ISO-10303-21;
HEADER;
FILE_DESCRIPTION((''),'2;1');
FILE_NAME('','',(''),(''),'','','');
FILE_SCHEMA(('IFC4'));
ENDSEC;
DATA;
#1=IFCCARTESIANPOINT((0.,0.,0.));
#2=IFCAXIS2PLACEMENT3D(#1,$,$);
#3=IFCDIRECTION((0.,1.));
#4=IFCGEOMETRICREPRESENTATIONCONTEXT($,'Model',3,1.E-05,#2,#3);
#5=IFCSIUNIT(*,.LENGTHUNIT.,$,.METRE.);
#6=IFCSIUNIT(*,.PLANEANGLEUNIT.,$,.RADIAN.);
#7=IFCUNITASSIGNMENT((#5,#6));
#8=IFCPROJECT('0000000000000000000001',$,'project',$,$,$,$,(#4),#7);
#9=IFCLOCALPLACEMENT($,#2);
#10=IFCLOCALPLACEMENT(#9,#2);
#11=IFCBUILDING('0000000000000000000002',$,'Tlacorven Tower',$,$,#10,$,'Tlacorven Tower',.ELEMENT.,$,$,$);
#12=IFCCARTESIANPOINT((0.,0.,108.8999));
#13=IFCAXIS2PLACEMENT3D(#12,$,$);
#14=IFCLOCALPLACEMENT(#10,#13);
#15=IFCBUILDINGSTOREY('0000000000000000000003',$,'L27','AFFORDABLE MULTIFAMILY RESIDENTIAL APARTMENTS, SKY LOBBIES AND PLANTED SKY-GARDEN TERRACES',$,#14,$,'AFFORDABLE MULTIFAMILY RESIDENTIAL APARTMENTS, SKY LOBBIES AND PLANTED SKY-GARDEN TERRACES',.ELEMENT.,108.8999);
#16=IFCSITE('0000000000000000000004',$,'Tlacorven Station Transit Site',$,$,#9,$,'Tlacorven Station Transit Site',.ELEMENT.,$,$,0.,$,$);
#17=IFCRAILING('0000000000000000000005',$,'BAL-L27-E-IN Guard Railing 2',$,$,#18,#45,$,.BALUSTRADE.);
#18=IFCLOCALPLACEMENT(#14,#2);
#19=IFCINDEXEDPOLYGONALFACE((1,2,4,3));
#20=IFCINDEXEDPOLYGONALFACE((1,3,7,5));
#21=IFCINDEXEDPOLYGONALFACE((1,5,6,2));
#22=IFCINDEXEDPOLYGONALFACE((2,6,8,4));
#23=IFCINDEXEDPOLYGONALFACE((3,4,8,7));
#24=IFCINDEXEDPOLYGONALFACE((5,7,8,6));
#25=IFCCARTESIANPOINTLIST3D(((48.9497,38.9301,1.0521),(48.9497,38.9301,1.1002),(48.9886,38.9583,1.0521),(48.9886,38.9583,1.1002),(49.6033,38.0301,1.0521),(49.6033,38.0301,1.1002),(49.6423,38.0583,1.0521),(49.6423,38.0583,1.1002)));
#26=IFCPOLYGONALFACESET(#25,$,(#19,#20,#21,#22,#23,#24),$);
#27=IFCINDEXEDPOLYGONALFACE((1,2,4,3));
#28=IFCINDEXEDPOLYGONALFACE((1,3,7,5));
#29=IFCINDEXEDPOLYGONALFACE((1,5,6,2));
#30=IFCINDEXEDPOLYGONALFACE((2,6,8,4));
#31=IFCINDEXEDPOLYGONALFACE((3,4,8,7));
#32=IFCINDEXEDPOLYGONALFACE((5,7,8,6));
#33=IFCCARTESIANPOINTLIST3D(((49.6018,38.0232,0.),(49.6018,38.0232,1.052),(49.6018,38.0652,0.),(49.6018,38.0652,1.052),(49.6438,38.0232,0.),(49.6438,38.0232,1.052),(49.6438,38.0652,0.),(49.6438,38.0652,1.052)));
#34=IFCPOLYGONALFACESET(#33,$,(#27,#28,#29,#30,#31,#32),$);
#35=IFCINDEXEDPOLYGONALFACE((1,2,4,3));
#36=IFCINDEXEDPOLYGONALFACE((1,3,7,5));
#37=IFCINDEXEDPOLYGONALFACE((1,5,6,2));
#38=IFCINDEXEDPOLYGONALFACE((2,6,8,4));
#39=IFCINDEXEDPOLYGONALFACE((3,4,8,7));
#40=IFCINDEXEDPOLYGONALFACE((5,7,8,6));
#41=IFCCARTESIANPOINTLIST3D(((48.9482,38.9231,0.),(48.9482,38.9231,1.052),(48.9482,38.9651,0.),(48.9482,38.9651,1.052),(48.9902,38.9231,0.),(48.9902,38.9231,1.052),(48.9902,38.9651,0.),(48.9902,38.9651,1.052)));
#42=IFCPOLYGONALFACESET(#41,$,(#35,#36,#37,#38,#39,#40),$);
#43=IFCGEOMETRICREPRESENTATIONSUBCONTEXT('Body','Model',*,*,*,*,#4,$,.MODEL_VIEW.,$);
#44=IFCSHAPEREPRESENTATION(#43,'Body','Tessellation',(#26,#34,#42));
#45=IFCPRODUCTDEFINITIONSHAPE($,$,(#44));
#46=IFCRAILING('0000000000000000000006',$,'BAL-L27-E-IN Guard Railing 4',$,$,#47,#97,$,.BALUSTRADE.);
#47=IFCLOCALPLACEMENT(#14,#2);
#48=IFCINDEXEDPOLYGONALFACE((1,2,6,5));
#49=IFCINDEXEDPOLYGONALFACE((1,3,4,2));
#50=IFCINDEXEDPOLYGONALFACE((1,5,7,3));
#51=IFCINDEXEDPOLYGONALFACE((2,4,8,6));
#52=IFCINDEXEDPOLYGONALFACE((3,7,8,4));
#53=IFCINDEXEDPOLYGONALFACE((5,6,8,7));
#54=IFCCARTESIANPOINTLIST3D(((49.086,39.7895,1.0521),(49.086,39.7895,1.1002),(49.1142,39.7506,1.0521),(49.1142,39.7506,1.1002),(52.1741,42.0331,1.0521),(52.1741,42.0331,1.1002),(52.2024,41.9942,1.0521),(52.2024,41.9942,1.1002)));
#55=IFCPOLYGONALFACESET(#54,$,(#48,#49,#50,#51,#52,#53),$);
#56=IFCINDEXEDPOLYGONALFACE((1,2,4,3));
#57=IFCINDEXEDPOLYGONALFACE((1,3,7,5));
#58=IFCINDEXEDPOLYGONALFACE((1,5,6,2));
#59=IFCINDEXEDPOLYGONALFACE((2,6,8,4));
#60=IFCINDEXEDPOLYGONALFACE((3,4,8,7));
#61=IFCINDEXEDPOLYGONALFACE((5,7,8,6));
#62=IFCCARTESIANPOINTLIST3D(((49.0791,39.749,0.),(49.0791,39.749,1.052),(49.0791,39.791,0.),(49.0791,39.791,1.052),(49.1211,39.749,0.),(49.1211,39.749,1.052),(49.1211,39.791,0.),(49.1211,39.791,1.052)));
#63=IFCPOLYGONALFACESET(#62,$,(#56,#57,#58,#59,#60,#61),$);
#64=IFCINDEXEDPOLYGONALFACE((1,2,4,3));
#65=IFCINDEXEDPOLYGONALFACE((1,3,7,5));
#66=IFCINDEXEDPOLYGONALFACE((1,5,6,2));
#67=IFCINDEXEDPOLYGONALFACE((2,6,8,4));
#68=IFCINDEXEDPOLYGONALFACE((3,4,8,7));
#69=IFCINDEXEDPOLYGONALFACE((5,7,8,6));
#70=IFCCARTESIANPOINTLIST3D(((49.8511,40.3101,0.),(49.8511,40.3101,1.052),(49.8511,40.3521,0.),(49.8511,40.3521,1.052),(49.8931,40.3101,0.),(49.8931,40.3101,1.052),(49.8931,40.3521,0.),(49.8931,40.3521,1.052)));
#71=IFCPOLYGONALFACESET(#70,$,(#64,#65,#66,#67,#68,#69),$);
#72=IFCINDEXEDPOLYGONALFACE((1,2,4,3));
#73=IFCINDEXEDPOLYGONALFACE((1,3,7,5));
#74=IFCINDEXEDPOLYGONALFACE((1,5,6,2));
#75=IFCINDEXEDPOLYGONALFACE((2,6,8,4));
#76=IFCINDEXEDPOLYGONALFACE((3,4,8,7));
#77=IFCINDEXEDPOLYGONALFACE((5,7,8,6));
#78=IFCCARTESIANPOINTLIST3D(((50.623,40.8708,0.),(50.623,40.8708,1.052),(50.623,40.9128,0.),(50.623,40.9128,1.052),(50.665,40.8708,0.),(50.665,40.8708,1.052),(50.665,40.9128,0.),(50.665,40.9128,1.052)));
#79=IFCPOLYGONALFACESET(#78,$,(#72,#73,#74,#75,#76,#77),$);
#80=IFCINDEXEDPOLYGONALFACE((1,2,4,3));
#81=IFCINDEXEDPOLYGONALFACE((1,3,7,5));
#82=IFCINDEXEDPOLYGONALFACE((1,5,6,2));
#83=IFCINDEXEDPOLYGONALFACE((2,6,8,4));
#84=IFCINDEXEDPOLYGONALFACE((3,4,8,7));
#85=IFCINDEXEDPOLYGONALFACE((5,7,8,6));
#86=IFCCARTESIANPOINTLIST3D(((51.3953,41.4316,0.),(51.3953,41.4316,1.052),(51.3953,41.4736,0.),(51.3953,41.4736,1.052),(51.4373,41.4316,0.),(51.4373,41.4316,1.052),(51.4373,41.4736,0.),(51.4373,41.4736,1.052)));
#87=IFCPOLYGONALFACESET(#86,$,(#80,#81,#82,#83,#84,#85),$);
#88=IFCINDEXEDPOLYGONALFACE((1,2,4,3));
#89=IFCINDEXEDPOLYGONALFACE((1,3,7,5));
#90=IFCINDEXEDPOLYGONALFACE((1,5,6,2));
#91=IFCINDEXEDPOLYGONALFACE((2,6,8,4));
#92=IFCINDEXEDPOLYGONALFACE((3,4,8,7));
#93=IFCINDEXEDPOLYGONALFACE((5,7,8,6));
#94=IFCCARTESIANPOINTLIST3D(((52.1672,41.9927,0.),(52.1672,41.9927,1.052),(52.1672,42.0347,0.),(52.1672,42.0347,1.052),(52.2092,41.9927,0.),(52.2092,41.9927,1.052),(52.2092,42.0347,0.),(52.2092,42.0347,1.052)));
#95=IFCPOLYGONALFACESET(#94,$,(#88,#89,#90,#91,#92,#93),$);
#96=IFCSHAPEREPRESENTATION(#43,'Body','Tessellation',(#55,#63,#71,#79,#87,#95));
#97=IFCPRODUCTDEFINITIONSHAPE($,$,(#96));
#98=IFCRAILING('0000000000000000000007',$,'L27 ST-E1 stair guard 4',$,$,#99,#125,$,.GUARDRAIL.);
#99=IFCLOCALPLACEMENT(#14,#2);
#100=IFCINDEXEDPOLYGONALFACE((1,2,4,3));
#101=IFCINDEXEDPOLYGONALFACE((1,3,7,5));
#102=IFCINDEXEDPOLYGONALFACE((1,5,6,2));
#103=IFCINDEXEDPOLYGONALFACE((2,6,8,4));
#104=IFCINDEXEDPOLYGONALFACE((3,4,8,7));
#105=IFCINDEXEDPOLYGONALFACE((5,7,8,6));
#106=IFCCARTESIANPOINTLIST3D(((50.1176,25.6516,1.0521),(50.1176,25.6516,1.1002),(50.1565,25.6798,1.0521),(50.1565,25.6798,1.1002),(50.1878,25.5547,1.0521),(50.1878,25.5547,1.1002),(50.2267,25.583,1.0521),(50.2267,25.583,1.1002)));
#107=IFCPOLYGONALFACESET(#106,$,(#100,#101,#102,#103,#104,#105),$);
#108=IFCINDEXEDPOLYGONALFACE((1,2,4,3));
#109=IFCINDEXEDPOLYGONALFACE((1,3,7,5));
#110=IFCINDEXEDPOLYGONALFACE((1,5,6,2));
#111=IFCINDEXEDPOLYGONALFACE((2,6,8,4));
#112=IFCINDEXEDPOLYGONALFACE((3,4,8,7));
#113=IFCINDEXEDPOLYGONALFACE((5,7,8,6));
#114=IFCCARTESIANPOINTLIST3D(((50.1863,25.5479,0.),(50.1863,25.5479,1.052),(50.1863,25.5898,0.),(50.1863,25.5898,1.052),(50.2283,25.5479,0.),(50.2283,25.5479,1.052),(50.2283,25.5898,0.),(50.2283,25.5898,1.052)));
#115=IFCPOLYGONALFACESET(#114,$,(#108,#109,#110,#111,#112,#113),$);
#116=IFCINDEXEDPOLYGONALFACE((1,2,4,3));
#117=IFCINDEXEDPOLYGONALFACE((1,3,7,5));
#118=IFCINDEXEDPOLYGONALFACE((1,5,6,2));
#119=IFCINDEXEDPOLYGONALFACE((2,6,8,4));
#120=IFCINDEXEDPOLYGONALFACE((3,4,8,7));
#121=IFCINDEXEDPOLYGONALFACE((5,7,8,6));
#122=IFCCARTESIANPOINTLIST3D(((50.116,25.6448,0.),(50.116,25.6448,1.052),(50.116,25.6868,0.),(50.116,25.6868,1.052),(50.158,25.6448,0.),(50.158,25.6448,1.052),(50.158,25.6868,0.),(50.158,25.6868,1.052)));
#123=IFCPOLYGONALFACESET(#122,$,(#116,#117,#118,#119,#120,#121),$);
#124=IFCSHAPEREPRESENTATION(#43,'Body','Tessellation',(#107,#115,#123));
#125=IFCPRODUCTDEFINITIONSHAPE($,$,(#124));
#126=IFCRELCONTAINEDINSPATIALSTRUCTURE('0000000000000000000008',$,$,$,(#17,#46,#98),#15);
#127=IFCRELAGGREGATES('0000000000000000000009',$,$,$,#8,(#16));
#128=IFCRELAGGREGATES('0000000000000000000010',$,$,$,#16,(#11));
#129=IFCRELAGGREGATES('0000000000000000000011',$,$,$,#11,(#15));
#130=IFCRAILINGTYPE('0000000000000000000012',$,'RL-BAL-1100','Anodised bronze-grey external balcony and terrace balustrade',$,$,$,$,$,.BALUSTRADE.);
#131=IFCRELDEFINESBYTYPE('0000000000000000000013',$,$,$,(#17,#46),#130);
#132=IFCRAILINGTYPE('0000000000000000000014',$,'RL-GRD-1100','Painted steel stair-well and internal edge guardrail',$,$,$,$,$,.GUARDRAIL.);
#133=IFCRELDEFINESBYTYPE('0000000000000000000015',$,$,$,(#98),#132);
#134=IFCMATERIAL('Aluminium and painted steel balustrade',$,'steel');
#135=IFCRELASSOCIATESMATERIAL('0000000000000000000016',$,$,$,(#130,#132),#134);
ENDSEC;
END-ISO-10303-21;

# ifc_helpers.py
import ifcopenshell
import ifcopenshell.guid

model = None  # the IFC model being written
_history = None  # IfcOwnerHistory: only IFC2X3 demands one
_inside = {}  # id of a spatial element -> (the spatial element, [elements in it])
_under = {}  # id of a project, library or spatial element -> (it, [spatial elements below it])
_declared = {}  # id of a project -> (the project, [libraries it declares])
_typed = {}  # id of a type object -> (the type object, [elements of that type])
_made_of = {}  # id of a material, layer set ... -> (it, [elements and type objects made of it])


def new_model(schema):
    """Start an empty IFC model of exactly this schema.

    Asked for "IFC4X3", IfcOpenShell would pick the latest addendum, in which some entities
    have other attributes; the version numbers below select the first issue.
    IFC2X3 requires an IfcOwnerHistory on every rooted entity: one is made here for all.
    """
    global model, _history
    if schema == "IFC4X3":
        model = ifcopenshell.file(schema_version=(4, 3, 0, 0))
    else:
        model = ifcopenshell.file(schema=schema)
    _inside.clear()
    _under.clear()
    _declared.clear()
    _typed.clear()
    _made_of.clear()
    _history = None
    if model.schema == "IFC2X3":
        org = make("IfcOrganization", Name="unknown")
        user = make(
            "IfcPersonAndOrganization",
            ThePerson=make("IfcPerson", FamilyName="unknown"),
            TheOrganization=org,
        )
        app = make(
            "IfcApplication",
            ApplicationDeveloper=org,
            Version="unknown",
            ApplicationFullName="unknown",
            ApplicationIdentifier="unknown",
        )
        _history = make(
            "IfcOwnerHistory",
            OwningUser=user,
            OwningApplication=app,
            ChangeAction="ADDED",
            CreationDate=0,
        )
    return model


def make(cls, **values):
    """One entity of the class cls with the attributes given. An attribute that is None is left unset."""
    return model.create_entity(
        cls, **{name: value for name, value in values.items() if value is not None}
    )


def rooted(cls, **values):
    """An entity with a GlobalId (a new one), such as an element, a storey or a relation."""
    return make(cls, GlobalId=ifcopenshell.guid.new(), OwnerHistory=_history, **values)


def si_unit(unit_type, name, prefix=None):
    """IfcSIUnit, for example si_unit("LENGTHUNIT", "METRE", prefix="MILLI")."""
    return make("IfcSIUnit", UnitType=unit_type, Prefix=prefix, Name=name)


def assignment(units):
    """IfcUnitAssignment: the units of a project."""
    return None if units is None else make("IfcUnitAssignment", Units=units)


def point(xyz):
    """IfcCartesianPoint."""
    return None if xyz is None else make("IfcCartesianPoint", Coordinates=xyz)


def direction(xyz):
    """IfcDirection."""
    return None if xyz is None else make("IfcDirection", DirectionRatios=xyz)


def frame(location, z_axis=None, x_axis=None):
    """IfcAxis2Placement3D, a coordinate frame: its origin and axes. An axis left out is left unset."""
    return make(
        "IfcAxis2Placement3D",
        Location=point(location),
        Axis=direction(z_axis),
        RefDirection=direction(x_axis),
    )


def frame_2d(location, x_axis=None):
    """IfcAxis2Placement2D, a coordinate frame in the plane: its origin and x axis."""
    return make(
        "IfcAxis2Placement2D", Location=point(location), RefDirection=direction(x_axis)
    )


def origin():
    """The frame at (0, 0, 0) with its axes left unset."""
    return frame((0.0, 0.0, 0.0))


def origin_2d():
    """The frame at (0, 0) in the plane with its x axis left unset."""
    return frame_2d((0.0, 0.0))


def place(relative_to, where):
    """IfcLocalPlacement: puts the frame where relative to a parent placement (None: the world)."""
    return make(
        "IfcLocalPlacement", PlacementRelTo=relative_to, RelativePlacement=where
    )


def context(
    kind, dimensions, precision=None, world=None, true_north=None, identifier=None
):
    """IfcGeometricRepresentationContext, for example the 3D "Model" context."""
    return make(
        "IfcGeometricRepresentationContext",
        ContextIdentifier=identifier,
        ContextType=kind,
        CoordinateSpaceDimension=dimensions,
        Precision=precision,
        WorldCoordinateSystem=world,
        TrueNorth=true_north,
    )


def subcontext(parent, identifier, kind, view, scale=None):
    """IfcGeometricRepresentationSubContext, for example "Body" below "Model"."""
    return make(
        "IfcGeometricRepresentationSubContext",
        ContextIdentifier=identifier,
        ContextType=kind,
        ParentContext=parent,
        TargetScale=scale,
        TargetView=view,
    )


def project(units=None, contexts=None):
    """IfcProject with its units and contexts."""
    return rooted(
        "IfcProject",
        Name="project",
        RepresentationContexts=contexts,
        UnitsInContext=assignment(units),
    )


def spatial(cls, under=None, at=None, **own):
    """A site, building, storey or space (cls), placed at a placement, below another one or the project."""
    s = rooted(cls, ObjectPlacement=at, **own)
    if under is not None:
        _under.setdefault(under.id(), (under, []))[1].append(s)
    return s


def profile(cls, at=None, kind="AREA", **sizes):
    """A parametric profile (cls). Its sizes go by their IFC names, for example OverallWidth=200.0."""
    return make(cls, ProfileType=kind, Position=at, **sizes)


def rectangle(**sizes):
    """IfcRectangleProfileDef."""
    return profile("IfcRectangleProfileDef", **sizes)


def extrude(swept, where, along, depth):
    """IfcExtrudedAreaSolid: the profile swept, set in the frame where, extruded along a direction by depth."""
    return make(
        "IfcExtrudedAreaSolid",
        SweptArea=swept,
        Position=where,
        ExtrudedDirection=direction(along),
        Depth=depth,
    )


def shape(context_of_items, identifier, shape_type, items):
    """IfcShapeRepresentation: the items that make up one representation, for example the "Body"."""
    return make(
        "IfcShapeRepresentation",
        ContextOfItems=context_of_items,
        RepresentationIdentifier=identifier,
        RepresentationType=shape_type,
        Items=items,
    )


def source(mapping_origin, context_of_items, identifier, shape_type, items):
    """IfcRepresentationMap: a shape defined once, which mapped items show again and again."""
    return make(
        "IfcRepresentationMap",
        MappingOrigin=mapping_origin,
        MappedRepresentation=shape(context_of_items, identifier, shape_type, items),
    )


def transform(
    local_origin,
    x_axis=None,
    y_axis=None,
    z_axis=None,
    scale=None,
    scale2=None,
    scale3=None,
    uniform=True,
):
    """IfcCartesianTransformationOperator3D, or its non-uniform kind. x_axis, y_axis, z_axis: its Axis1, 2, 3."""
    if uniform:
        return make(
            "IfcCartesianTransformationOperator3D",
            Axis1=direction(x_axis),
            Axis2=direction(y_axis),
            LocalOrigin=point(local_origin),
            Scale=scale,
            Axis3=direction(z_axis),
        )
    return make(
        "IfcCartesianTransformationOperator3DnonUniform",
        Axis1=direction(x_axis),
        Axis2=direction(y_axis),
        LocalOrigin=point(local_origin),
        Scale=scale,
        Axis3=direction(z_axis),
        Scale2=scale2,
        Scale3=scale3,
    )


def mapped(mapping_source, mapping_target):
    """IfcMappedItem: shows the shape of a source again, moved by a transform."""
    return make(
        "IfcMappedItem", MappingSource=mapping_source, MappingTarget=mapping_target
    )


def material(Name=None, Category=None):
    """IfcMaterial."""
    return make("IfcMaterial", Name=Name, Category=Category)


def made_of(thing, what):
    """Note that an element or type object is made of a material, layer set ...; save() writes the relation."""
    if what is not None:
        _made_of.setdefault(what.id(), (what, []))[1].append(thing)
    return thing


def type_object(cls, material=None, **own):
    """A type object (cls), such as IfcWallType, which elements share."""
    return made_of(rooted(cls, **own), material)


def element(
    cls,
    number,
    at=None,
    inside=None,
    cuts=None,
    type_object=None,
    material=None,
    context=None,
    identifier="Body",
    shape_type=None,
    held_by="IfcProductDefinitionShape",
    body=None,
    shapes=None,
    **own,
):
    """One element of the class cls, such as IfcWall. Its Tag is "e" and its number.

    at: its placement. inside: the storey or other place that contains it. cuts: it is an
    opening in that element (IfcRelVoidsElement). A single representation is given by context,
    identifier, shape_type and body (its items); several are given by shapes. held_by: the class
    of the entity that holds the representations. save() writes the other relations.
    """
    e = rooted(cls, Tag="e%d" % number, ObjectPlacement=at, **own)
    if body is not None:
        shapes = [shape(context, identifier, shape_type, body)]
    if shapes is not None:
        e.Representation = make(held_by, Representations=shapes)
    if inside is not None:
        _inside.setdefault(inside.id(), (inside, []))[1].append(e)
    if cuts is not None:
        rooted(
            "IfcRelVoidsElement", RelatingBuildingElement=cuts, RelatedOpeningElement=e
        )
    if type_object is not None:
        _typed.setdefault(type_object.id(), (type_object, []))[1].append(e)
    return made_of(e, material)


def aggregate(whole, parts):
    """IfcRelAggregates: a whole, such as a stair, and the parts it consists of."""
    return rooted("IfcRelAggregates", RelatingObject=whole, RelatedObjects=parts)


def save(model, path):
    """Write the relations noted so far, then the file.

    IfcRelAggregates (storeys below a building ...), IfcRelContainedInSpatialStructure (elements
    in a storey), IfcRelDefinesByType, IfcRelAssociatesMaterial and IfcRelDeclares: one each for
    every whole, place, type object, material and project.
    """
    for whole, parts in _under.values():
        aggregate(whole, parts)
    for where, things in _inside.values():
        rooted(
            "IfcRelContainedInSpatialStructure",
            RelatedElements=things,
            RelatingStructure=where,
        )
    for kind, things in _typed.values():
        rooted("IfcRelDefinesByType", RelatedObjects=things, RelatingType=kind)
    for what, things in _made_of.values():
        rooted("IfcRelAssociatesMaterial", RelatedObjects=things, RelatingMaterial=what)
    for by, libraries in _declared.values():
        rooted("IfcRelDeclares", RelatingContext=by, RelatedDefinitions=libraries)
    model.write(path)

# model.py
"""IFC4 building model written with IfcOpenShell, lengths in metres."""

from ifc_helpers import new_model, si_unit, direction, frame, origin, origin_2d, place, context, subcontext, project, spatial, rectangle, extrude, source, transform, mapped, material, type_object, element, save


model = new_model("IFC4")

# Units and contexts
model_context = context("Model", 3, precision=1e-05, world=origin(), true_north=direction((0.0, 1.0)))
body_context = subcontext(model_context, "Body", "Model", "MODEL_VIEW")
ifc_project = project(units=[si_unit("LENGTHUNIT", "METRE"), si_unit("PLANEANGLEUNIT", "RADIAN")], contexts=[model_context])

# Site, building, storey
site_placement = place(None, origin())
site = spatial("IfcSite", under=ifc_project, at=site_placement, Name="Tlacorven Station Transit Site", LongName="Tlacorven Station Transit Site", CompositionType="ELEMENT", RefElevation=0.0)
building_placement = place(site_placement, origin())
building = spatial("IfcBuilding", under=site, at=building_placement, Name="Tlacorven Tower", LongName="Tlacorven Tower", CompositionType="ELEMENT")
storey_placement = place(building_placement, frame((0.0, 0.0, 108.8999)))
storey = spatial("IfcBuildingStorey", under=building, at=storey_placement, Name="L27", Description="AFFORDABLE MULTIFAMILY RESIDENTIAL APARTMENTS, SKY LOBBIES AND PLANTED SKY-GARDEN TERRACES", LongName="AFFORDABLE MULTIFAMILY RESIDENTIAL APARTMENTS, SKY LOBBIES AND PLANTED SKY-GARDEN TERRACES", CompositionType="ELEMENT", Elevation=108.8999)

# Railings
ifc_material_1 = material(Name="Aluminium and painted steel balustrade", Category="steel")
railing_type_1 = type_object("IfcRailingType", Name="RL-BAL-1100", Description="Anodised bronze-grey external balcony and terrace balustrade", PredefinedType="BALUSTRADE", material=ifc_material_1)
shared_shape_1 = source(origin(), body_context, "Body", "SweptSolid", [
    extrude(rectangle(XDim=0.0481, YDim=0.0481, at=origin_2d()), frame((0.0, 0.0, 1.0762), z_axis=(-0.587636, 0.809125, 0.0), x_axis=(-0.809125, -0.587636, 0.0)), (0.0, 0.0, 1.0), 1.1123),
    extrude(rectangle(XDim=0.042, YDim=0.042, at=origin_2d()), origin(), (0.0, 0.0, 1.0), 1.052),
    extrude(rectangle(XDim=0.042, YDim=0.042, at=origin_2d()), frame((-0.6536, 0.8999, 0.0)), (0.0, 0.0, 1.0), 1.052),
])
railing_1_placement = place(storey_placement, frame((49.6228, 38.0442, 0.0)))
element("IfcRailing", 1, at=railing_1_placement, inside=storey, type_object=railing_type_1, Name="BAL-L27-E-IN Guard Railing 2", PredefinedType="BALUSTRADE", context=body_context, shape_type="MappedRepresentation", body=[
    mapped(shared_shape_1, transform((0.0, 0.0, 0.0), scale=1.0)),
])
shared_shape_2 = source(origin(), body_context, "Body", "SweptSolid", [
    extrude(rectangle(XDim=0.0481, YDim=0.0481, at=origin_2d()), frame((0.0, 0.0, 1.0762), z_axis=(0.809018, 0.587784, 0.0), x_axis=(-0.587784, 0.809018, 0.0)), (0.0, 0.0, 1.0), 3.8171),
    extrude(rectangle(XDim=0.042, YDim=0.042, at=origin_2d()), origin(), (0.0, 0.0, 1.0), 1.052),
    extrude(rectangle(XDim=0.042, YDim=0.042, at=origin_2d()), frame((0.772, 0.561, 0.0)), (0.0, 0.0, 1.0), 1.052),
    extrude(rectangle(XDim=0.042, YDim=0.042, at=origin_2d()), frame((1.5439, 1.1218, 0.0)), (0.0, 0.0, 1.0), 1.052),
    extrude(rectangle(XDim=0.042, YDim=0.042, at=origin_2d()), frame((2.3162, 1.6826, 0.0)), (0.0, 0.0, 1.0), 1.052),
    extrude(rectangle(XDim=0.042, YDim=0.042, at=origin_2d()), frame((3.0881, 2.2437, 0.0)), (0.0, 0.0, 1.0), 1.052),
])
railing_2_placement = place(storey_placement, frame((49.1001, 39.77, 0.0)))
element("IfcRailing", 2, at=railing_2_placement, inside=storey, type_object=railing_type_1, Name="BAL-L27-E-IN Guard Railing 4", PredefinedType="BALUSTRADE", context=body_context, shape_type="MappedRepresentation", body=[
    mapped(shared_shape_2, transform((0.0, 0.0, 0.0), scale=1.0)),
])
railing_type_2 = type_object("IfcRailingType", Name="RL-GRD-1100", Description="Painted steel stair-well and internal edge guardrail", PredefinedType="GUARDRAIL", material=ifc_material_1)
shared_shape_3 = source(origin(), body_context, "Body", "SweptSolid", [
    extrude(rectangle(XDim=0.0481, YDim=0.0481, at=origin_2d()), frame((0.0, 0.0, 1.0762), z_axis=(-0.587201, 0.809441, 0.0), x_axis=(-0.809441, -0.587201, 0.0)), (0.0, 0.0, 1.0), 0.1196),
    extrude(rectangle(XDim=0.042, YDim=0.042, at=origin_2d()), origin(), (0.0, 0.0, 1.0), 1.052),
    extrude(rectangle(XDim=0.042, YDim=0.042, at=origin_2d()), frame((-0.0703, 0.0969, 0.0)), (0.0, 0.0, 1.0), 1.052),
])
railing_3_placement = place(storey_placement, frame((50.2073, 25.5688, 0.0)))
element("IfcRailing", 3, at=railing_3_placement, inside=storey, type_object=railing_type_2, Name="L27 ST-E1 stair guard 4", PredefinedType="GUARDRAIL", context=body_context, shape_type="MappedRepresentation", body=[
    mapped(shared_shape_3, transform((0.0, 0.0, 0.0), scale=1.0)),
])

save(model, "model.ifc")
